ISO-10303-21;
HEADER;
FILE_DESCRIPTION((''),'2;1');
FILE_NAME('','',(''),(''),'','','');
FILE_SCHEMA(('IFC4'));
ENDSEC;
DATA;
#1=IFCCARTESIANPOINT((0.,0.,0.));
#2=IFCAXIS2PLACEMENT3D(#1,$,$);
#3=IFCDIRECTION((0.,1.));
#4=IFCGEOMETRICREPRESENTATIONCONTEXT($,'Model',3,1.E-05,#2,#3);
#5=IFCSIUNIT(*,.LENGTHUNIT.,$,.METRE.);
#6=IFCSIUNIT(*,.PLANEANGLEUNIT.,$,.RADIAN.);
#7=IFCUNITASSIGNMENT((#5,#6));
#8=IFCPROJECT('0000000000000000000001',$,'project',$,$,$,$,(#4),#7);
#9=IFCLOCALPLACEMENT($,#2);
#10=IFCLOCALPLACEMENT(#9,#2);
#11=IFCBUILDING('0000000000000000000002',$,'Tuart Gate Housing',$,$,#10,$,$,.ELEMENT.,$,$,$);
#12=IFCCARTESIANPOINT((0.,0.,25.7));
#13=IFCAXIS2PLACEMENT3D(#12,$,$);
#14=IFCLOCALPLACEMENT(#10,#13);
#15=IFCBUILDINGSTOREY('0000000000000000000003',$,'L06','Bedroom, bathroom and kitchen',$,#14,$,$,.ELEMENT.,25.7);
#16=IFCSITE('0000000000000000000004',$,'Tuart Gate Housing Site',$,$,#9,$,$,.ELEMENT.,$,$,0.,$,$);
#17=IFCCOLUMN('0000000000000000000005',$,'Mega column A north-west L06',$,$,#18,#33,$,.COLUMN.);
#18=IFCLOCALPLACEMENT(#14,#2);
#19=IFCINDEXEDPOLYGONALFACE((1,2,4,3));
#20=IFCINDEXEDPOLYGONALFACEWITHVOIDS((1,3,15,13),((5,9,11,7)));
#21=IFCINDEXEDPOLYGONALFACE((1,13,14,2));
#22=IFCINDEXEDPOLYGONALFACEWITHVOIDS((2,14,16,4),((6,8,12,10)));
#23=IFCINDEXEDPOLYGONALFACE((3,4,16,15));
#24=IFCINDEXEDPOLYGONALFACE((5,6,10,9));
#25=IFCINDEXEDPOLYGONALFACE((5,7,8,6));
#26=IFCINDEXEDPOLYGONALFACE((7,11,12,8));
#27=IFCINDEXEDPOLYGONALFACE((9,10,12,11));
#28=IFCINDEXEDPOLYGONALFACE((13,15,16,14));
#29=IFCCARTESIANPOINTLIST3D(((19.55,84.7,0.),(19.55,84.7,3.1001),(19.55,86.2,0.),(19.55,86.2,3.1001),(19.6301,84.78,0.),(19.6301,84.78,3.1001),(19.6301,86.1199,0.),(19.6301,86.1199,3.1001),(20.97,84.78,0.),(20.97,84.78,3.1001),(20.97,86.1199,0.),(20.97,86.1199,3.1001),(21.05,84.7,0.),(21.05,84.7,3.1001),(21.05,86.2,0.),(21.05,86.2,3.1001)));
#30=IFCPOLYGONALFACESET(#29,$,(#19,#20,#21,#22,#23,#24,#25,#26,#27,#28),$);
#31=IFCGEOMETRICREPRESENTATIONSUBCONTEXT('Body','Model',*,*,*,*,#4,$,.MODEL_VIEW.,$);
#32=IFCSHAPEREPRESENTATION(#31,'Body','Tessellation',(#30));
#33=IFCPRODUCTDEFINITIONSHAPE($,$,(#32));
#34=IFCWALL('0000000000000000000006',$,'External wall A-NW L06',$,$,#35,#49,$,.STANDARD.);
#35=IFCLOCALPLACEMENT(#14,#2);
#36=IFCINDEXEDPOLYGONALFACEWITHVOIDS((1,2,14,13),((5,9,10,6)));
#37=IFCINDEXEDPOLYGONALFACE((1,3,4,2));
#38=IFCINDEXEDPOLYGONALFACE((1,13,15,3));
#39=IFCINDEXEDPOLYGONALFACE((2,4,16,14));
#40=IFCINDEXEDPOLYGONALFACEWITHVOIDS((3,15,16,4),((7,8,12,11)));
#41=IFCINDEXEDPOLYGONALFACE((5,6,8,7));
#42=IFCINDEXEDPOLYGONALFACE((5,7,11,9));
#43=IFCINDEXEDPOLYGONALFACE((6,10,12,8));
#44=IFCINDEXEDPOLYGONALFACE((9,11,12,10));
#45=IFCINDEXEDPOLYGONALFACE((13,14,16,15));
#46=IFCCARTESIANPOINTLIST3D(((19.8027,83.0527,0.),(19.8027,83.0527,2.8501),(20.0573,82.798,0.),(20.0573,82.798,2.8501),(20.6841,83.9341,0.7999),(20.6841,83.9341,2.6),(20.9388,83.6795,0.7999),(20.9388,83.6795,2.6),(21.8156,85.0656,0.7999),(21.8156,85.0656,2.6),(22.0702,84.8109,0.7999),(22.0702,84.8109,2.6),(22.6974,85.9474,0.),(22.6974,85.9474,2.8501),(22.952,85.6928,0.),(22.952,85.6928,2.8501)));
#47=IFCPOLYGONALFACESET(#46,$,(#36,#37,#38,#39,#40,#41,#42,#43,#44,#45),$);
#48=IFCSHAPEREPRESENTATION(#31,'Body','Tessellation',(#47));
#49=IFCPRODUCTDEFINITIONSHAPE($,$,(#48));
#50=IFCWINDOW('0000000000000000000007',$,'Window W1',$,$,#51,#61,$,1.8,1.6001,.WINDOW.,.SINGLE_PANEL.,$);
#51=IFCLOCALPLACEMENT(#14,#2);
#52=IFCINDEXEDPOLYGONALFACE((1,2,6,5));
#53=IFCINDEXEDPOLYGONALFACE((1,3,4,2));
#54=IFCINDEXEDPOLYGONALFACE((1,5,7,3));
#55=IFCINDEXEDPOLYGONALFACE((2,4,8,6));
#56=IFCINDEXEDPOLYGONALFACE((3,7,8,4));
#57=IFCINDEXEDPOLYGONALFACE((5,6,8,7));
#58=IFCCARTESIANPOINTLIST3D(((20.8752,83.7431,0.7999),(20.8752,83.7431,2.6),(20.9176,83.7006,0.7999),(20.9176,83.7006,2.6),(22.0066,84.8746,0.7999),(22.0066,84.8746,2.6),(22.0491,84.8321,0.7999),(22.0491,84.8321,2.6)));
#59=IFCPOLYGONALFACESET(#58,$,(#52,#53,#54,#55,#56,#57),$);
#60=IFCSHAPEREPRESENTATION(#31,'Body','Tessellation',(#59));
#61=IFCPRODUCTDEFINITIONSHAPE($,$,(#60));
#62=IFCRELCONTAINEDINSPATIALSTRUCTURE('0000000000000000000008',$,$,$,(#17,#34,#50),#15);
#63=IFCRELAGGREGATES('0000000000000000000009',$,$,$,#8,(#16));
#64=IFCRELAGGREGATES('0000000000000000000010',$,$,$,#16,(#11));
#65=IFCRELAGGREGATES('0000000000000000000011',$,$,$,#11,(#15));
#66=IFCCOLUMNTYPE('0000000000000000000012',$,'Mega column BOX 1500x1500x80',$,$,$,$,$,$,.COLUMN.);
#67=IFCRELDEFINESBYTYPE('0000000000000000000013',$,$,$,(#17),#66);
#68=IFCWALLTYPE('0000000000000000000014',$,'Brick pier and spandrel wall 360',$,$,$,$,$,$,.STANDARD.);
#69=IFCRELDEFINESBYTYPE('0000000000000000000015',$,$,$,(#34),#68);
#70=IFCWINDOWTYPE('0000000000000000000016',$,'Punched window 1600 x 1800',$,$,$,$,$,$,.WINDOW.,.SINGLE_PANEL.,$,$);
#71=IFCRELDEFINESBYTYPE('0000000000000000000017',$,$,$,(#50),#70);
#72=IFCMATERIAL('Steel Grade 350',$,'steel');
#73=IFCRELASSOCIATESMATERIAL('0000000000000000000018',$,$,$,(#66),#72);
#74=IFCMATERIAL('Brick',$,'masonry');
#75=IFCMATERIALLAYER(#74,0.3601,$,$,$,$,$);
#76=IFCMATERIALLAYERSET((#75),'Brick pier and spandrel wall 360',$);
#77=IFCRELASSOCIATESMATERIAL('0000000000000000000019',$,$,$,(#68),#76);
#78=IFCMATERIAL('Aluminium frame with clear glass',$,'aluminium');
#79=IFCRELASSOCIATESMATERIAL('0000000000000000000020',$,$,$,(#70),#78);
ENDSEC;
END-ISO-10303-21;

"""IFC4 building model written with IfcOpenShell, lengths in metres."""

from ifc_helpers import new_model, si_unit, direction, frame, frame_2d, origin, origin_2d, place, context, subcontext, project, spatial, rectangle, hollow_rectangle, extrude, material, layer, layer_set, material_profile, profile_set, type_object, element, fill, save


model = new_model("IFC4")

# Units and contexts
model_context = context("Model", 3, precision=1e-05, world=origin(), true_north=direction((0.0, 1.0)))
body_context = subcontext(model_context, "Body", "Model", "MODEL_VIEW")
ifc_project = project(units=[si_unit("LENGTHUNIT", "METRE"), si_unit("PLANEANGLEUNIT", "RADIAN")], contexts=[model_context])

# Site, building, storey
site_placement = place(None, origin())
site = spatial("IfcSite", under=ifc_project, at=site_placement, Name="Tuart Gate Housing Site", CompositionType="ELEMENT", RefElevation=0.0)
building_placement = place(site_placement, origin())
building = spatial("IfcBuilding", under=site, at=building_placement, Name="Tuart Gate Housing", CompositionType="ELEMENT")
storey_placement = place(building_placement, frame((0.0, 0.0, 25.7)))
storey = spatial("IfcBuildingStorey", under=building, at=storey_placement, Name="L06", Description="Bedroom, bathroom and kitchen", CompositionType="ELEMENT", Elevation=25.7)

# Column
ifc_material_1 = material(Name="Steel Grade 350", Category="steel")
ifc_material_profile = material_profile(ifc_material_1, hollow_rectangle(XDim=1.5, YDim=1.5, WallThickness=0.0801, at=origin_2d()), Name="BOX 1500x1500x80")
ifc_profile_set = profile_set([ifc_material_profile], Name="Steel Grade 350")
column_type = type_object("IfcColumnType", Name="Mega column BOX 1500x1500x80", PredefinedType="COLUMN", material=ifc_profile_set)
column_placement = place(storey_placement, frame((20.3, 85.45, 0.0), z_axis=(0.0, 0.0, 1.0), x_axis=(1.0, 0.0, 0.0)))
element("IfcColumn", 1, at=column_placement, inside=storey, type_object=column_type, Name="Mega column A north-west L06", PredefinedType="COLUMN", context=body_context, shape_type="SweptSolid", body=[
    extrude(hollow_rectangle(XDim=1.5, YDim=1.5, WallThickness=0.0801, at=origin_2d()), origin(), (0.0, 0.0, 1.0), 3.1001),
])

# Wall, opening, window
ifc_material_2 = material(Name="Brick", Category="masonry")
ifc_layer = layer(ifc_material_2, 0.3601)
ifc_layer_set = layer_set([ifc_layer], Name="Brick pier and spandrel wall 360")
wall_type = type_object("IfcWallType", Name="Brick pier and spandrel wall 360", PredefinedType="STANDARD", material=ifc_layer_set)
wall_1_placement = place(storey_placement, frame((22.8247, 85.8201, 0.0), z_axis=(0.0, 0.0, 1.0), x_axis=(-0.707107, -0.707107, 0.0)))
wall_1 = element("IfcWall", 2, at=wall_1_placement, inside=storey, type_object=wall_type, Name="External wall A-NW L06", PredefinedType="STANDARD", context=body_context, shape_type="SweptSolid", body=[
    extrude(rectangle(XDim=4.0938, YDim=0.3601, at=frame_2d((2.0469, 0.0))), origin(), (0.0, 0.0, 1.0), 2.8501),
])
opening_1_placement = place(wall_1_placement, frame((1.2471, 0.0, 0.8)))
opening_1 = element("IfcOpeningElement", 3, at=opening_1_placement, cuts=wall_1, PredefinedType="OPENING", context=body_context, shape_type="SweptSolid", body=[
    extrude(rectangle(XDim=1.6001, YDim=1.8, at=frame_2d((0.8, 0.8999))), frame((0.0, 0.1899, 0.0), z_axis=(0.0, -1.0, 0.0), x_axis=(1.0, 0.0, 0.0)), (0.0, 0.0, 1.0), 0.3801),
])
ifc_material_3 = material(Name="Aluminium frame with clear glass", Category="aluminium")
window_type_1 = type_object("IfcWindowType", Name="Punched window 1600 x 1800", PartitioningType="SINGLE_PANEL", PredefinedType="WINDOW", material=ifc_material_3)
window_1_placement = place(opening_1_placement, origin())
window_1 = element("IfcWindow", 4, at=window_1_placement, inside=storey, type_object=window_type_1, Name="Window W1", OverallHeight=1.8, OverallWidth=1.6001, PartitioningType="SINGLE_PANEL", PredefinedType="WINDOW", context=body_context, shape_type="SweptSolid", body=[
    extrude(rectangle(XDim=1.6001, YDim=1.8, at=frame_2d((0.8, 0.8999))), frame((0.0, 0.1501, 0.0), z_axis=(0.0, -1.0, 0.0), x_axis=(1.0, 0.0, 0.0)), (0.0, 0.0, 1.0), 0.0601),
])
fill(opening_1, window_1)

save(model, "model.ifc")
